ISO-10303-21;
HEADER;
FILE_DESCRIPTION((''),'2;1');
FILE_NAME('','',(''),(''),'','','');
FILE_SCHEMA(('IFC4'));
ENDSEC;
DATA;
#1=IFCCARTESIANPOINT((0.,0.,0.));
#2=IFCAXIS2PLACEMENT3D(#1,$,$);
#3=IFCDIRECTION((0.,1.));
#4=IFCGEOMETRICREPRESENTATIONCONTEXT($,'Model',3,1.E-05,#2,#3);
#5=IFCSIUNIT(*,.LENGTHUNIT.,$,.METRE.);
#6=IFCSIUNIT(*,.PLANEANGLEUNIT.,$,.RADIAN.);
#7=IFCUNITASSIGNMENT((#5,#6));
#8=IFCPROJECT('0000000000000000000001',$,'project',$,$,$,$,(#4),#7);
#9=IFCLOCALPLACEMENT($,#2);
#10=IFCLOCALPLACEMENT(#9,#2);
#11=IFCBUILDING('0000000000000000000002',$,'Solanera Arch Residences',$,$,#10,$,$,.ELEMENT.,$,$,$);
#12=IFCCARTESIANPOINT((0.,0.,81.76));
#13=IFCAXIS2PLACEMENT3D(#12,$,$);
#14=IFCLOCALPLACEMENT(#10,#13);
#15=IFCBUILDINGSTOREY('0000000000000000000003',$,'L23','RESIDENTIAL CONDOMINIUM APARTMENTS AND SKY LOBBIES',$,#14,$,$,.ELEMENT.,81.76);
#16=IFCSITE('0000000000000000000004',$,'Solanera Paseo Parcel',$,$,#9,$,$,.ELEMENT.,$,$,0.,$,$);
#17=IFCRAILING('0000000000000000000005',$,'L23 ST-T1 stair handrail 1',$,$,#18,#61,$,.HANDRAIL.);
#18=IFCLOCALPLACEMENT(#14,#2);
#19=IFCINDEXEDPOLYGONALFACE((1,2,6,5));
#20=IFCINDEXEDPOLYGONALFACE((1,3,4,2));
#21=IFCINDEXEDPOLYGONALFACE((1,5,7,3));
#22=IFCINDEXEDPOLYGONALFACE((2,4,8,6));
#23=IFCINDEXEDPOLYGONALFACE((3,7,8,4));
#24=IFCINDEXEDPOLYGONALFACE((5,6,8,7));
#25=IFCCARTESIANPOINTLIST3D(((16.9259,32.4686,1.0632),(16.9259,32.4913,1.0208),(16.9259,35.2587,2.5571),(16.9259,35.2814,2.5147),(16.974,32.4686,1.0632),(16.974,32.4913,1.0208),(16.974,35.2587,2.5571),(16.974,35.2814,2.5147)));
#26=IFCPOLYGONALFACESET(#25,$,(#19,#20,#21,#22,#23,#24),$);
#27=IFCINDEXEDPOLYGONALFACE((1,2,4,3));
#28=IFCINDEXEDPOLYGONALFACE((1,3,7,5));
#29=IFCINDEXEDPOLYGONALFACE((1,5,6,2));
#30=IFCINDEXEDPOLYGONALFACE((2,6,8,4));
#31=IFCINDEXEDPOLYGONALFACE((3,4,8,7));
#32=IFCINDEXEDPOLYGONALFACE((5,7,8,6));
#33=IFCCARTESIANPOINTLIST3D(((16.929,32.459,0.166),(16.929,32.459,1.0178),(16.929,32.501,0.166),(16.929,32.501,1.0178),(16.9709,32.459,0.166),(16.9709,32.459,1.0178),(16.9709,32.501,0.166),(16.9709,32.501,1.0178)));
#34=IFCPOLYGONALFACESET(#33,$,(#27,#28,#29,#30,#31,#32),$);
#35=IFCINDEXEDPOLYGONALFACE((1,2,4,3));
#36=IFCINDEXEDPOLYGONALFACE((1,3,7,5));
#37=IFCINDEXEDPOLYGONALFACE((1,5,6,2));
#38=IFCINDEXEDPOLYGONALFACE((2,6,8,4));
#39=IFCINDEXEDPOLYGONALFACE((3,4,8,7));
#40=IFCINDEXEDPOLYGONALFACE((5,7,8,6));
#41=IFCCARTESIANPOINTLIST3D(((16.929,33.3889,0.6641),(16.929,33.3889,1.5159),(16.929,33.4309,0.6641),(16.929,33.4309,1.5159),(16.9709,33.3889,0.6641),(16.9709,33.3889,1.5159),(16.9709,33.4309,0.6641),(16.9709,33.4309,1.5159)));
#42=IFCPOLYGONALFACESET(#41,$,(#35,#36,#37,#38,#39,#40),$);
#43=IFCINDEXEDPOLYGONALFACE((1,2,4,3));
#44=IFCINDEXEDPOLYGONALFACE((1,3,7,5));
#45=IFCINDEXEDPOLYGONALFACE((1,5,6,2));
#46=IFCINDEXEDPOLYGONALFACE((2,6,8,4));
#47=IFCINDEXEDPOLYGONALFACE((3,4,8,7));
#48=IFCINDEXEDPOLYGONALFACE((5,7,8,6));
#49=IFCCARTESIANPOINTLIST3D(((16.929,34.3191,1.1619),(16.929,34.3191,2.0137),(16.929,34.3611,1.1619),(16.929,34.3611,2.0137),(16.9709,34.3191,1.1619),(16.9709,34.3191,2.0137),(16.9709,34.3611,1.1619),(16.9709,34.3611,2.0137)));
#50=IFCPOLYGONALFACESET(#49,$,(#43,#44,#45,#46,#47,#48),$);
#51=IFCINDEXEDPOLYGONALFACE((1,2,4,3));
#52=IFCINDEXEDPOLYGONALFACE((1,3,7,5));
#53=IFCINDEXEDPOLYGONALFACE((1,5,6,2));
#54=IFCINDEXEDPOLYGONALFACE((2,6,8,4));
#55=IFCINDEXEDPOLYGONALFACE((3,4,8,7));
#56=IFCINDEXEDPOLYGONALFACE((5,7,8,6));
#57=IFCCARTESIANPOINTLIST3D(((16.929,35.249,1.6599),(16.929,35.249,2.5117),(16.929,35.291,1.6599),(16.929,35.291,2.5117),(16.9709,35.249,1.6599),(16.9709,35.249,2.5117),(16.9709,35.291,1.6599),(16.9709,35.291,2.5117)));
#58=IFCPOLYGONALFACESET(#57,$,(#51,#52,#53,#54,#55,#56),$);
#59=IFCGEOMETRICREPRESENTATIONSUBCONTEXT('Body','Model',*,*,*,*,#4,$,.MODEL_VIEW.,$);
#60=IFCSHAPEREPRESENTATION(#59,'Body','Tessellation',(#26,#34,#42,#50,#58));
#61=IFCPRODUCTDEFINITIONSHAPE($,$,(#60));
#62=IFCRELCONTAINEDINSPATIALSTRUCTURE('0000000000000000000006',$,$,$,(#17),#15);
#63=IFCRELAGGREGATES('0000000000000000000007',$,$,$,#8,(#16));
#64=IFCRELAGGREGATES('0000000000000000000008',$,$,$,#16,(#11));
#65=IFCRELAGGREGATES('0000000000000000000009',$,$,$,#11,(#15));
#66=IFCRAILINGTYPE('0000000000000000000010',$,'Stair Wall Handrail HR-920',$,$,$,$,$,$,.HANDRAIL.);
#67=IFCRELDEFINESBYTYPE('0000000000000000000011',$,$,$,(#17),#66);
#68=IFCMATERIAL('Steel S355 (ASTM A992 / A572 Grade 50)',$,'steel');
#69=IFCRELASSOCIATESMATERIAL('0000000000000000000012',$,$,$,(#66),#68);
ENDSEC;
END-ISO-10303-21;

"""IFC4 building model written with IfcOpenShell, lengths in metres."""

from ifc_helpers import new_model, si_unit, direction, frame, origin, origin_2d, place, context, subcontext, project, spatial, rectangle, extrude, material, type_object, element, save


model = new_model("IFC4")

# Units and contexts
model_context = context("Model", 3, precision=1e-05, world=origin(), true_north=direction((0.0, 1.0)))
body_context = subcontext(model_context, "Body", "Model", "MODEL_VIEW")
ifc_project = project(units=[si_unit("LENGTHUNIT", "METRE"), si_unit("PLANEANGLEUNIT", "RADIAN")], contexts=[model_context])

# Site, building, storey
site_placement = place(None, origin())
site = spatial("IfcSite", under=ifc_project, at=site_placement, Name="Solanera Paseo Parcel", CompositionType="ELEMENT", RefElevation=0.0)
building_placement = place(site_placement, origin())
building = spatial("IfcBuilding", under=site, at=building_placement, Name="Solanera Arch Residences", CompositionType="ELEMENT")
storey_placement = place(building_placement, frame((0.0, 0.0, 81.76)))
storey = spatial("IfcBuildingStorey", under=building, at=storey_placement, Name="L23", Description="RESIDENTIAL CONDOMINIUM APARTMENTS AND SKY LOBBIES", CompositionType="ELEMENT", Elevation=81.76)

# Railing
ifc_material_1 = material(Name="Steel S355 (ASTM A992 / A572 Grade 50)", Category="steel")
railing_type_1 = type_object("IfcRailingType", Name="Stair Wall Handrail HR-920", PredefinedType="HANDRAIL", material=ifc_material_1)
railing_1_placement = place(storey_placement, frame((16.95, 32.48, 0.166)))
element("IfcRailing", 1, at=railing_1_placement, inside=storey, type_object=railing_type_1, Name="L23 ST-T1 stair handrail 1", PredefinedType="HANDRAIL", context=body_context, shape_type="SweptSolid", body=[
    extrude(rectangle(XDim=0.0481, YDim=0.0481, at=origin_2d()), frame((0.0, 0.0, 0.876), z_axis=(0.0, 0.881581, 0.472033), x_axis=(-1.0, 0.0, 0.0)), (0.0, 0.0, 1.0), 3.1648),
    extrude(rectangle(XDim=0.042, YDim=0.042, at=origin_2d()), origin(), (0.0, 0.0, 1.0), 0.8518),
    extrude(rectangle(XDim=0.042, YDim=0.042, at=origin_2d()), frame((0.0, 0.9299, 0.498)), (0.0, 0.0, 1.0), 0.8518),
    extrude(rectangle(XDim=0.042, YDim=0.042, at=origin_2d()), frame((0.0, 1.8601, 0.9958)), (0.0, 0.0, 1.0), 0.8518),
    extrude(rectangle(XDim=0.042, YDim=0.042, at=origin_2d()), frame((0.0, 2.79, 1.4939)), (0.0, 0.0, 1.0), 0.8518),
])

save(model, "model.ifc")
